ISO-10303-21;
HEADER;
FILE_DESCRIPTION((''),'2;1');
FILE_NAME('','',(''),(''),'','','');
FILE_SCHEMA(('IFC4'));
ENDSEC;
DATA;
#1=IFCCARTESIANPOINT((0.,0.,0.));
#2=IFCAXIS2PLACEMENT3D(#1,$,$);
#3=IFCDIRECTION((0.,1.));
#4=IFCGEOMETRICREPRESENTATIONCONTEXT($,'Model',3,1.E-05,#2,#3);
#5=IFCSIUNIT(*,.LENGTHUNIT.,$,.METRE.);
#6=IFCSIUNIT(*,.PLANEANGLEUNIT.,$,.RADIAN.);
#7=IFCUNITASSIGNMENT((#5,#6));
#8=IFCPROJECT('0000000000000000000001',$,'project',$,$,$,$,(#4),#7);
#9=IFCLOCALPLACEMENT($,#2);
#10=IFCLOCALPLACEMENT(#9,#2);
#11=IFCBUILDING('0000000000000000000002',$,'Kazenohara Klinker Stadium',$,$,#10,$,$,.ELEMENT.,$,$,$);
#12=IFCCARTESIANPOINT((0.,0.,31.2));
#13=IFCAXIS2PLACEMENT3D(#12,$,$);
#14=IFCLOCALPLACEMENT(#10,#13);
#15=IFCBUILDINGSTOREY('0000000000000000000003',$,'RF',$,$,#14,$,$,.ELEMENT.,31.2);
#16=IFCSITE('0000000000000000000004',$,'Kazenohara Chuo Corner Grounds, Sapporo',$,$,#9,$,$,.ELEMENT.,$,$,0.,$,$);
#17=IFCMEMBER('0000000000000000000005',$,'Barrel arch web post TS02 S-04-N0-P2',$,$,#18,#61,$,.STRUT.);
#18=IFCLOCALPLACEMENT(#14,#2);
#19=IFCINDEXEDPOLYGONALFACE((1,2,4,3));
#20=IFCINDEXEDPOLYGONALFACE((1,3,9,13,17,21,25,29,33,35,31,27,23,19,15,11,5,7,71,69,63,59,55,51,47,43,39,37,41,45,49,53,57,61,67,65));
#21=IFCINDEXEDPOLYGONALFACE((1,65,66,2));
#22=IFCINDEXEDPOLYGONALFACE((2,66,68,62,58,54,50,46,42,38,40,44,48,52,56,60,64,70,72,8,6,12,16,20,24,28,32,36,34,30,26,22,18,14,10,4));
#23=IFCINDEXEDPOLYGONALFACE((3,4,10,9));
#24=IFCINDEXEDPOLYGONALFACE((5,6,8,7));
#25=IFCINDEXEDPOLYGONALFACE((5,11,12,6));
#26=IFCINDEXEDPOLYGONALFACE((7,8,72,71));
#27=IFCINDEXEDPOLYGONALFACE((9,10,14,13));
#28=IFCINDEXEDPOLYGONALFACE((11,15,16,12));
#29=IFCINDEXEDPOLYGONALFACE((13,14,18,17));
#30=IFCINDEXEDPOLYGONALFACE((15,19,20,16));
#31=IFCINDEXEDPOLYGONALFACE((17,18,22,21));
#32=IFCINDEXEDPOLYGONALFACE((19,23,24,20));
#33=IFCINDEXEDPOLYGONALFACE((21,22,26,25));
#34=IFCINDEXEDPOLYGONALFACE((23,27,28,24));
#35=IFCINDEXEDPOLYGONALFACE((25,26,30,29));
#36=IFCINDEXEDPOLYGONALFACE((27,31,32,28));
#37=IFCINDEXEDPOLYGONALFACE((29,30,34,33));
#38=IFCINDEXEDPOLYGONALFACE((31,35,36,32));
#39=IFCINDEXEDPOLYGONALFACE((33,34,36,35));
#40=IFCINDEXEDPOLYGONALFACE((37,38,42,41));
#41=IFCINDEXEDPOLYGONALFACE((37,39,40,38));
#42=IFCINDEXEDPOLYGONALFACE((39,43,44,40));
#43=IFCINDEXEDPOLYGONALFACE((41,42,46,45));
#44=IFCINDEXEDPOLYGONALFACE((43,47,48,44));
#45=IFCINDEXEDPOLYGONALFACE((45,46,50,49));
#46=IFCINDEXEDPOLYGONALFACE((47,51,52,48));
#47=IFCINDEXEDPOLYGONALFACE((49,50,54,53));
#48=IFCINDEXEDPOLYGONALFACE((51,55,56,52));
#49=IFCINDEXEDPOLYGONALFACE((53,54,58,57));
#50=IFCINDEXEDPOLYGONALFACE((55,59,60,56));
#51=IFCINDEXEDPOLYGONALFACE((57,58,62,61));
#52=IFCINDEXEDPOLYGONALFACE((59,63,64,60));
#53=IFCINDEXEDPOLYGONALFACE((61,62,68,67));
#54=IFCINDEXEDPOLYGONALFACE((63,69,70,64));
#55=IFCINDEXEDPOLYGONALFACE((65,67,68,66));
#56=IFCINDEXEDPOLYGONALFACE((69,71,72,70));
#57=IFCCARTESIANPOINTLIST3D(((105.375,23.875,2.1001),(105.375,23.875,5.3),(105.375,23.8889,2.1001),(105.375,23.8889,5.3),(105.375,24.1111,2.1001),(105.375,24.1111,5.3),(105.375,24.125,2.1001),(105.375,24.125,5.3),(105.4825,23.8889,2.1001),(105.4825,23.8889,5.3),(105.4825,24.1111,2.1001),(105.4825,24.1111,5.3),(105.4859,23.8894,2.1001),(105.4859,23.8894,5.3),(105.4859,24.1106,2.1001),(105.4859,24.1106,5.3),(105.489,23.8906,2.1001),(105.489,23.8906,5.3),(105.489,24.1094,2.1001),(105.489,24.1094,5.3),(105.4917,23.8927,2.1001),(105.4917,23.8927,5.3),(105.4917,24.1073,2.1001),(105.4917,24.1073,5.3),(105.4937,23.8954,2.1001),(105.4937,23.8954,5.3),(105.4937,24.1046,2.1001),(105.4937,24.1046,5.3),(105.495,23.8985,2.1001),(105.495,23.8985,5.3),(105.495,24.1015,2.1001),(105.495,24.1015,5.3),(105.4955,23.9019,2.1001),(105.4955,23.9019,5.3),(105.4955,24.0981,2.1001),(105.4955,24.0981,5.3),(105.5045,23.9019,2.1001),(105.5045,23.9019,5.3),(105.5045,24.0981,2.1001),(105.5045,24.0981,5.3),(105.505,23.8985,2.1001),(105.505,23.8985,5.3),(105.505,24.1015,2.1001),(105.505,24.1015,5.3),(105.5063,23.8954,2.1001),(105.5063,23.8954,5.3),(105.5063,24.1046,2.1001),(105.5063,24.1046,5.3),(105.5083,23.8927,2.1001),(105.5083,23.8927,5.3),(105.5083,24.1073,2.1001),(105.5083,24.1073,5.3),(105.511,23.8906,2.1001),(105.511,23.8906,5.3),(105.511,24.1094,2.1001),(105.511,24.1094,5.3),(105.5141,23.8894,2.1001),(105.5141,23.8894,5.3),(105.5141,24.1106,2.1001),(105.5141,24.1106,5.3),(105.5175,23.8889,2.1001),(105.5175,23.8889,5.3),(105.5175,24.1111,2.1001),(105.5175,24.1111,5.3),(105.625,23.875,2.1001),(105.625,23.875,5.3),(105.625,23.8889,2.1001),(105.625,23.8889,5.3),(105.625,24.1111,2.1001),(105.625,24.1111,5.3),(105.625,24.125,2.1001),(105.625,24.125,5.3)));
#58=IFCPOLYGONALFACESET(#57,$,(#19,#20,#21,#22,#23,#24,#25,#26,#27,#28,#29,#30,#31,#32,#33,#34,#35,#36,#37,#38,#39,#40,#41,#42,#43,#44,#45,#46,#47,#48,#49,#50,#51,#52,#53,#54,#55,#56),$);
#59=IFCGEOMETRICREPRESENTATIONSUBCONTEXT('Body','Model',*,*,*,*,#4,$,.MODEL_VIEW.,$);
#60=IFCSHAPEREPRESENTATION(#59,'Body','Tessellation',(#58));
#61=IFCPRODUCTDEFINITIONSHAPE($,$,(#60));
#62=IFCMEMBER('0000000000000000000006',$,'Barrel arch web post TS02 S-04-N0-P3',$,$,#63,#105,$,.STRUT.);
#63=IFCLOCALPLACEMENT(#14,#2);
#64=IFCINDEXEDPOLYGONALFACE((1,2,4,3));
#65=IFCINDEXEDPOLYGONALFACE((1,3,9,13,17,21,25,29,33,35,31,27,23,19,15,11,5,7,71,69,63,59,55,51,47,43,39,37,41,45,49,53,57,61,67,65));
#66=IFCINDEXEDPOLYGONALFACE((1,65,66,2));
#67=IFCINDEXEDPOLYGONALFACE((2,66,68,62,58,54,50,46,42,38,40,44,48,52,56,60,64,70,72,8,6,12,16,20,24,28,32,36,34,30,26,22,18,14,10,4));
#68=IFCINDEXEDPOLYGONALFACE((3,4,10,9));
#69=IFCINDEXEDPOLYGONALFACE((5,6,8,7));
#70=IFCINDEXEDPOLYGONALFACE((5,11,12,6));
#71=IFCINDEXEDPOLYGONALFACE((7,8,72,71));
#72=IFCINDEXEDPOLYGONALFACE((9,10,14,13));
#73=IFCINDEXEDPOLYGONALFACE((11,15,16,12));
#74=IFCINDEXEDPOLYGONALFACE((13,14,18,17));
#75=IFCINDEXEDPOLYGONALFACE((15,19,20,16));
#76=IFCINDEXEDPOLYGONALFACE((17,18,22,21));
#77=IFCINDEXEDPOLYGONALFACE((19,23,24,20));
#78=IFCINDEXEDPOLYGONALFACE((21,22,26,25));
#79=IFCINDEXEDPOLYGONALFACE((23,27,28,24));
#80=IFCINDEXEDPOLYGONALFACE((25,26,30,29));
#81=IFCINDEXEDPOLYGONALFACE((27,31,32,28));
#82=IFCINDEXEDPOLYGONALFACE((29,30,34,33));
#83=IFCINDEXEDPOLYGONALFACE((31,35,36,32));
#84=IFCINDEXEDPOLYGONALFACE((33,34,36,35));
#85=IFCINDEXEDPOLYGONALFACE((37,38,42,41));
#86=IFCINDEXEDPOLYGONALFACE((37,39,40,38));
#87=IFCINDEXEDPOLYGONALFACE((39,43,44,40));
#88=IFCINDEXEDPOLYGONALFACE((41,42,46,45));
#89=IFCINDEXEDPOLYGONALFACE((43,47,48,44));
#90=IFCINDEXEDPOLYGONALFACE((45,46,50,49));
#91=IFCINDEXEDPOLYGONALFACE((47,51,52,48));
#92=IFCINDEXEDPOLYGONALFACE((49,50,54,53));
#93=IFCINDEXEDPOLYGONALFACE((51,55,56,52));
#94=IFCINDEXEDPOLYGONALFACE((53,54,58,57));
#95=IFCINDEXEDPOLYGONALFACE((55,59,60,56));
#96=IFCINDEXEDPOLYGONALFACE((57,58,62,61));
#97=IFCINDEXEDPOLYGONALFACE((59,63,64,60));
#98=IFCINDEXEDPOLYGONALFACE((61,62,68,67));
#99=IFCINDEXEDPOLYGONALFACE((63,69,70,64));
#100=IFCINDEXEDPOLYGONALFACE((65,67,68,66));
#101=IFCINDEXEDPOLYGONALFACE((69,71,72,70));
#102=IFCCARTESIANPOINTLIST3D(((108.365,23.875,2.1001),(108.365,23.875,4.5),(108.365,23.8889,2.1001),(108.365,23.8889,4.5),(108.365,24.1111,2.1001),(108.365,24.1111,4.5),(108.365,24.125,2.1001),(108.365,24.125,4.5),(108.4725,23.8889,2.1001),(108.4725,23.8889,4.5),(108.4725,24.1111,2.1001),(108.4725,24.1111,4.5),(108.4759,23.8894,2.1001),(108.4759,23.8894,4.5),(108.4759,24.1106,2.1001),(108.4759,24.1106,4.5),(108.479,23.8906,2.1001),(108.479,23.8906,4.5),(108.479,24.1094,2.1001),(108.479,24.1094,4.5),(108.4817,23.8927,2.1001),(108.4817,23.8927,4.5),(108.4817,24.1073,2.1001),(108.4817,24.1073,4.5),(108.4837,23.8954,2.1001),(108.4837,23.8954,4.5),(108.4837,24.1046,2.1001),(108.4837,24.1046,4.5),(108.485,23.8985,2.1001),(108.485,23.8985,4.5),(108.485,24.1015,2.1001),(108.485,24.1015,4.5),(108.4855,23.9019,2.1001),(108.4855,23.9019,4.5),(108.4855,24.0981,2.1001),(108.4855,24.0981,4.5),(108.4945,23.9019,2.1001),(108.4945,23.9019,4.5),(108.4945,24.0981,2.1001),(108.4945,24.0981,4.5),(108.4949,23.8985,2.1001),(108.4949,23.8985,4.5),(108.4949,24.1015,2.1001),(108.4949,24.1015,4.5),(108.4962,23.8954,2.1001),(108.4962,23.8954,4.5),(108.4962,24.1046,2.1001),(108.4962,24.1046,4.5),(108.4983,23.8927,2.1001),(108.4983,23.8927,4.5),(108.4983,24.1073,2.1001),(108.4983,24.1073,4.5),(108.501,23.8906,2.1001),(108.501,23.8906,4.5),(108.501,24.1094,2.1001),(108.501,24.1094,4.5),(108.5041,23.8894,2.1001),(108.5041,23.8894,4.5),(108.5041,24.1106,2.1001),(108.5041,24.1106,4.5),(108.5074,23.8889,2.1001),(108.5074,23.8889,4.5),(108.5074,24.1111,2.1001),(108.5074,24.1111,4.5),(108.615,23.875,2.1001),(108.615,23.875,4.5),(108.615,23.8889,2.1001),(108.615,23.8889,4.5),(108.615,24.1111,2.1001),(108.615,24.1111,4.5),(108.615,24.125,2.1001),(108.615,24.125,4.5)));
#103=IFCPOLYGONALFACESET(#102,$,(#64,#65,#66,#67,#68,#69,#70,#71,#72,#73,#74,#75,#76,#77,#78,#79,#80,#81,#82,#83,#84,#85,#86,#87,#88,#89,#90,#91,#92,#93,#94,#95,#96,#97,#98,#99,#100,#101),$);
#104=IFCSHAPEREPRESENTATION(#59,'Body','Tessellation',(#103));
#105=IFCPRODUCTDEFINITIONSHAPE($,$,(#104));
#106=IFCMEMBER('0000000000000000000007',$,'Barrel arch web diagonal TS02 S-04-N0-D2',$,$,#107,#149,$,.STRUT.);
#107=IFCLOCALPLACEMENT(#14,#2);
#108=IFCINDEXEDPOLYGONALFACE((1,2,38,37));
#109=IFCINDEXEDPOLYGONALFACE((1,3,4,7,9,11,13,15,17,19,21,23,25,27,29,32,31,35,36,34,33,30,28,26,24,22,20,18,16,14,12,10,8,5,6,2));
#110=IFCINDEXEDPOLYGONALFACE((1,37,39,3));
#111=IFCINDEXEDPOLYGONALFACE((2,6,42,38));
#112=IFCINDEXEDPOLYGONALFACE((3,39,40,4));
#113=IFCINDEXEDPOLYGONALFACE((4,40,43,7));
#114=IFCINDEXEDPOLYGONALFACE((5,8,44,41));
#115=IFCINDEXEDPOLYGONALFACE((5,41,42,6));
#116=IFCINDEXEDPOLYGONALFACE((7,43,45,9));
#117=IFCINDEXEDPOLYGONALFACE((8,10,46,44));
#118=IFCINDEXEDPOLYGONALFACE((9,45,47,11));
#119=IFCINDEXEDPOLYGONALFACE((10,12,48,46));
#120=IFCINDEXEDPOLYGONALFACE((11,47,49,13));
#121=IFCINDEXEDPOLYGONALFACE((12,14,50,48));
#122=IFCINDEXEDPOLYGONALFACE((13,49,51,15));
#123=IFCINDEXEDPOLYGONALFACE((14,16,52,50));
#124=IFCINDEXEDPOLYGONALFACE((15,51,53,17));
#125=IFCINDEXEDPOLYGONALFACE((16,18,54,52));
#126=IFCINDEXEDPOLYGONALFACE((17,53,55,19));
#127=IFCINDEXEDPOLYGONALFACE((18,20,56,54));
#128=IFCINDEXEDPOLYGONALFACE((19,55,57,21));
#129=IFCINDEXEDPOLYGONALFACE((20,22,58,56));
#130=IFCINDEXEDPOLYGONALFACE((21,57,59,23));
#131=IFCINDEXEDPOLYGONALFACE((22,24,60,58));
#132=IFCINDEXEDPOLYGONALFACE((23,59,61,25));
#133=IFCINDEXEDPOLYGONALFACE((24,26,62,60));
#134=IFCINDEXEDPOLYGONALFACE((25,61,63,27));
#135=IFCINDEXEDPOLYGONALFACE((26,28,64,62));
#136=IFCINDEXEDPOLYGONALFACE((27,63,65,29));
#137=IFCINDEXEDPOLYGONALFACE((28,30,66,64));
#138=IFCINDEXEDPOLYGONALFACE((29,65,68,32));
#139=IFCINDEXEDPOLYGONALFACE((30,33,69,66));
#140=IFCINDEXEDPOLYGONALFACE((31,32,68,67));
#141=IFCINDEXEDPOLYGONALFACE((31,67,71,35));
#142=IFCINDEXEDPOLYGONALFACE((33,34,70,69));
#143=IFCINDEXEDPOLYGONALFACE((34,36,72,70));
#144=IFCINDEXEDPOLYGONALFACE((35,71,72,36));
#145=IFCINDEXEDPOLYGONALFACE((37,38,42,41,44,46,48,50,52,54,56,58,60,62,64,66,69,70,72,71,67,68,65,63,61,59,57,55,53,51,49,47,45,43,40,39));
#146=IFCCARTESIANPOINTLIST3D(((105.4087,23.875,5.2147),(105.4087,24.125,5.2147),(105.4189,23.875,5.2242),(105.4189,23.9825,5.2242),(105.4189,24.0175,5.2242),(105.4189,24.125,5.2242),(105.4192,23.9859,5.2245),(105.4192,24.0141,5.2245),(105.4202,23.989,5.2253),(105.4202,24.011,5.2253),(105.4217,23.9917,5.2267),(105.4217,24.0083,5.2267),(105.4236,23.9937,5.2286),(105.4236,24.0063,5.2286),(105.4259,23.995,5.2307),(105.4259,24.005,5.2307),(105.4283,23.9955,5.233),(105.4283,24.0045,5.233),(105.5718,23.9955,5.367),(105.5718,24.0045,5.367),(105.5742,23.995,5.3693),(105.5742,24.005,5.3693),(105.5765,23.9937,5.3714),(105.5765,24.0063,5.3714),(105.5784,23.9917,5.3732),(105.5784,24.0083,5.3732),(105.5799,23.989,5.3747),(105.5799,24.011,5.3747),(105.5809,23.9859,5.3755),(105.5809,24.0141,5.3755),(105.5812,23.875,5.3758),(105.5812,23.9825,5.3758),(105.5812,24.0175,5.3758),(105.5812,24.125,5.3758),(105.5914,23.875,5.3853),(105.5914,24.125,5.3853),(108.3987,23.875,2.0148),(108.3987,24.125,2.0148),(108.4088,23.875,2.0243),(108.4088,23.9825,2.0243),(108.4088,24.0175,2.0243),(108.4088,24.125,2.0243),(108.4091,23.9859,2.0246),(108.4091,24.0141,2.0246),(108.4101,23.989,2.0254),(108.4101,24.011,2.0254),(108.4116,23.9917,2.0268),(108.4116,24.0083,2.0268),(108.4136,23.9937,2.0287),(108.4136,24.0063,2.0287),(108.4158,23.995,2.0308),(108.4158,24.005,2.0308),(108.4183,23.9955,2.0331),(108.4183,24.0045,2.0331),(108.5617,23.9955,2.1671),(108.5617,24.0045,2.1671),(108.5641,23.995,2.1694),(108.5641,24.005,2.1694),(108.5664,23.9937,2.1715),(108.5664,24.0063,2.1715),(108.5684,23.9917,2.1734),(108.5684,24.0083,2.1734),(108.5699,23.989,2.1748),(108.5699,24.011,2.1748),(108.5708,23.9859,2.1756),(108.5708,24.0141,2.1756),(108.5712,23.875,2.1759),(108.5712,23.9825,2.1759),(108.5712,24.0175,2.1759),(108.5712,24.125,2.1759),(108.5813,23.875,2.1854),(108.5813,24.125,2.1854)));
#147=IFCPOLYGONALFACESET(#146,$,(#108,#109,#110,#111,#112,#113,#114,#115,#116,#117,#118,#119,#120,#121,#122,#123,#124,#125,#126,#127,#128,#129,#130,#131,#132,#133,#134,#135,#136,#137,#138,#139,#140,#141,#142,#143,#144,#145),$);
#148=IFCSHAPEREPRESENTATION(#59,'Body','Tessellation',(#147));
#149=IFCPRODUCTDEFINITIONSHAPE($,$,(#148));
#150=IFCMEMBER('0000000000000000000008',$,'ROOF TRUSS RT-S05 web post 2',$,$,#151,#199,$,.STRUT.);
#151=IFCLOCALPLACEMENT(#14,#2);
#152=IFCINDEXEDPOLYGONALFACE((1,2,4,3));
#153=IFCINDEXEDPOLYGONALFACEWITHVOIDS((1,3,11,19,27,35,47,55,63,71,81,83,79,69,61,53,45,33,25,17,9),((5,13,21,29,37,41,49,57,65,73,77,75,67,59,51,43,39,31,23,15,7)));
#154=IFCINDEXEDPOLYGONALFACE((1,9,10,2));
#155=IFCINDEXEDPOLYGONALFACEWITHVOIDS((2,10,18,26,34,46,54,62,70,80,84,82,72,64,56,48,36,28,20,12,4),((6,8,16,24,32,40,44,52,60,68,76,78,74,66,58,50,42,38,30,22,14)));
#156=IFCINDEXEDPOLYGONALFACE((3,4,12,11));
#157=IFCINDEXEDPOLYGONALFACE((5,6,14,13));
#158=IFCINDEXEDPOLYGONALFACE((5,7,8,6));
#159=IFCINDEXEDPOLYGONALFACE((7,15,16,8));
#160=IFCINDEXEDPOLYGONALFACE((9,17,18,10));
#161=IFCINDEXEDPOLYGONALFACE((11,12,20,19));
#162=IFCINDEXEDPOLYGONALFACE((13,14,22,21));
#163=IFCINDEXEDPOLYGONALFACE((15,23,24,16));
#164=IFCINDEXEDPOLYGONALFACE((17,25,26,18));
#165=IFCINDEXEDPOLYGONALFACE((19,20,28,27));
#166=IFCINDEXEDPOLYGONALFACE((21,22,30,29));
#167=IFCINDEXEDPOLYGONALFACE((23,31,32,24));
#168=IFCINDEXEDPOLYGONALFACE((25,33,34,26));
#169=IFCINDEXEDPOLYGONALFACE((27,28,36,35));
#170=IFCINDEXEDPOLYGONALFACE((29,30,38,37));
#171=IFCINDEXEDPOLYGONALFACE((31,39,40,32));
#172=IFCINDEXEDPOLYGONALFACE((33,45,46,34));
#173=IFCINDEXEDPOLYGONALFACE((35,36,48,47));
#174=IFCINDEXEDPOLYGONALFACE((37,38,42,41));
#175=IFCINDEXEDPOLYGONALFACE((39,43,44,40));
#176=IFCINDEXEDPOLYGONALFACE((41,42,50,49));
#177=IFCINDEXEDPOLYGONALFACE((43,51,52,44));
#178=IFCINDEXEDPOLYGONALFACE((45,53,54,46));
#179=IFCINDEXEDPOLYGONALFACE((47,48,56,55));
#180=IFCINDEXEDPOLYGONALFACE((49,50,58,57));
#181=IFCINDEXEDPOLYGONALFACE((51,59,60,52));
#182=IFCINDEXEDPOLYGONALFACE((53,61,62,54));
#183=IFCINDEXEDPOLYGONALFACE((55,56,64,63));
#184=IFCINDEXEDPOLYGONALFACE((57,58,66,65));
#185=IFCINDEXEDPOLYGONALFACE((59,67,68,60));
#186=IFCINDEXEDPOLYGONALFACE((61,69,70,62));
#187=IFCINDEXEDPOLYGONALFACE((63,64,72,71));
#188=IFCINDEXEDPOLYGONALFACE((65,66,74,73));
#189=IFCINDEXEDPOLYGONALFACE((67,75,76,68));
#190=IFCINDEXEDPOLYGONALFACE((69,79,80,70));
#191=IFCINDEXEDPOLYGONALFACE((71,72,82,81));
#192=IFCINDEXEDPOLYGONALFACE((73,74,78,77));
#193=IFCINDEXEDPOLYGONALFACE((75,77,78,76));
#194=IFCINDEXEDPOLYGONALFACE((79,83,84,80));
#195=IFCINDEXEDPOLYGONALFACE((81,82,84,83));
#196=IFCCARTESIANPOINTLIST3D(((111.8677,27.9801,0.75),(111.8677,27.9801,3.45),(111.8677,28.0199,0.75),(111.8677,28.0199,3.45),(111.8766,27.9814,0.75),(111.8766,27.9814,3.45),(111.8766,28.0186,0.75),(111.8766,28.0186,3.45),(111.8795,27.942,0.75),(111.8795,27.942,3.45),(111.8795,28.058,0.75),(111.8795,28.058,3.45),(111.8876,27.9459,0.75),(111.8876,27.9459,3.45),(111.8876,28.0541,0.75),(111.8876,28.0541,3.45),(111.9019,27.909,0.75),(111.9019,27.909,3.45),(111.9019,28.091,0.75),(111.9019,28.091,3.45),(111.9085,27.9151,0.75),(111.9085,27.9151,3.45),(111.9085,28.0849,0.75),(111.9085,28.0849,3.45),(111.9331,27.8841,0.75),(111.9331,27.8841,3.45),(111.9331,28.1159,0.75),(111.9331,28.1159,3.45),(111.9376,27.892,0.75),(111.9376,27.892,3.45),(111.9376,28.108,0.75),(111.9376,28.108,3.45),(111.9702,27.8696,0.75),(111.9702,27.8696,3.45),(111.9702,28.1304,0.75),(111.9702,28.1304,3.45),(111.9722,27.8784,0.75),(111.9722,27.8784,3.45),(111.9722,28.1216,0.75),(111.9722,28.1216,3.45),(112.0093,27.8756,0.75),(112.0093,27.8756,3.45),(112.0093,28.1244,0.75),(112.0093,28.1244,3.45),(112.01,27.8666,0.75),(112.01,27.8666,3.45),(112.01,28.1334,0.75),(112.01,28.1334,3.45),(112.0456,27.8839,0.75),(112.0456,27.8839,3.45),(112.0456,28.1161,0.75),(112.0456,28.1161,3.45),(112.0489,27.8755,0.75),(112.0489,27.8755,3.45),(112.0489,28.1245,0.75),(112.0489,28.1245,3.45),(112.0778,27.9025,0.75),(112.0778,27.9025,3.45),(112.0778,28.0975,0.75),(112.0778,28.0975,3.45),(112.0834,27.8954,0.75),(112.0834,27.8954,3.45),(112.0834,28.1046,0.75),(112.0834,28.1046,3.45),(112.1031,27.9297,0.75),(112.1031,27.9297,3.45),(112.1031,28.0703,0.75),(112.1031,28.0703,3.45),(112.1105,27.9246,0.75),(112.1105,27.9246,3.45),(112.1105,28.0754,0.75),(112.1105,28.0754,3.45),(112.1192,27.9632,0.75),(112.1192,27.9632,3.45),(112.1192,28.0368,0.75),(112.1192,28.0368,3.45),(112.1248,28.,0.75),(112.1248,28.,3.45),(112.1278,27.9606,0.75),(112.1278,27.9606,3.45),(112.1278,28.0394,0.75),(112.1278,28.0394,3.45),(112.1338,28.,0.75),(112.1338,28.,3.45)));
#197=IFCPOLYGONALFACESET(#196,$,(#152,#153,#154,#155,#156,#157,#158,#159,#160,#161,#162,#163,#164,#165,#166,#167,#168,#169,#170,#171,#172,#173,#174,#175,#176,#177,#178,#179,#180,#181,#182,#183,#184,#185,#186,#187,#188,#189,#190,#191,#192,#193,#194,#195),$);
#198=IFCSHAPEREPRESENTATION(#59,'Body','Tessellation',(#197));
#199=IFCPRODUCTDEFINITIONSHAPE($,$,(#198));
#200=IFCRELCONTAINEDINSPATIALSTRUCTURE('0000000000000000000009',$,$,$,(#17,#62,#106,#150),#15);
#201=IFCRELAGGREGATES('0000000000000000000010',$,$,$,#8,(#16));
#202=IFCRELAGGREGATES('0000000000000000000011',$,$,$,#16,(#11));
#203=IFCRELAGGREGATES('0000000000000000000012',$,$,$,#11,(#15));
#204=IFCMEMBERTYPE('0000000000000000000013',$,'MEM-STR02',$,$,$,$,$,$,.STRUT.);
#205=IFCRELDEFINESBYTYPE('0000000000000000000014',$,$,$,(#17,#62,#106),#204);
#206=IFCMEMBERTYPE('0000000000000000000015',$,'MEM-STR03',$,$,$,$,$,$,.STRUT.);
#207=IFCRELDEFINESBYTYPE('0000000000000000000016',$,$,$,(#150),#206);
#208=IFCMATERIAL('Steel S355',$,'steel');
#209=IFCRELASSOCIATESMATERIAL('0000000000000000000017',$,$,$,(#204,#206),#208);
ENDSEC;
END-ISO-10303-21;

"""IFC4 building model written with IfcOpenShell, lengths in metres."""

from ifc_helpers import new_model, si_unit, direction, frame, origin, origin_2d, place, context, subcontext, project, spatial, hollow_circle, i_section, extrude, material, material_profile, profile_set, type_object, element, save


model = new_model("IFC4")

# Units and contexts
model_context = context("Model", 3, precision=1e-05, world=origin(), true_north=direction((0.0, 1.0)))
body_context = subcontext(model_context, "Body", "Model", "MODEL_VIEW")
ifc_project = project(units=[si_unit("LENGTHUNIT", "METRE"), si_unit("PLANEANGLEUNIT", "RADIAN")], contexts=[model_context])

# Site, building, storey
site_placement = place(None, origin())
site = spatial("IfcSite", under=ifc_project, at=site_placement, Name="Kazenohara Chuo Corner Grounds, Sapporo", CompositionType="ELEMENT", RefElevation=0.0)
building_placement = place(site_placement, origin())
building = spatial("IfcBuilding", under=site, at=building_placement, Name="Kazenohara Klinker Stadium", CompositionType="ELEMENT")
storey_placement = place(building_placement, frame((0.0, 0.0, 31.2)))
storey = spatial("IfcBuildingStorey", under=building, at=storey_placement, Name="RF", CompositionType="ELEMENT", Elevation=31.2)

# Members
ifc_material_1 = material(Name="Steel S355", Category="steel")
ifc_material_profile_1 = material_profile(ifc_material_1, i_section(OverallWidth=0.25, OverallDepth=0.25, WebThickness=0.009, FlangeThickness=0.0139, FilletRadius=0.0129, at=origin_2d()), Name="H-250x250x9x14")
ifc_profile_set_1 = profile_set([ifc_material_profile_1], Name="Steel S355")
member_type_1 = type_object("IfcMemberType", Name="MEM-STR02", PredefinedType="STRUT", material=ifc_profile_set_1)
member_1_placement = place(storey_placement, frame((105.5, 24.0, 2.1001), z_axis=(0.0, 0.0, 1.0), x_axis=(1.0, 0.0, 0.0)))
element("IfcMember", 1, at=member_1_placement, inside=storey, type_object=member_type_1, Name="Barrel arch web post TS02 S-04-N0-P2", PredefinedType="STRUT", context=body_context, shape_type="SweptSolid", body=[
    extrude(i_section(OverallWidth=0.25, OverallDepth=0.25, WebThickness=0.009, FlangeThickness=0.0139, FilletRadius=0.0129, at=origin_2d()), origin(), (0.0, 0.0, 1.0), 3.2),
])
member_2_placement = place(storey_placement, frame((108.49, 24.0, 2.1001), z_axis=(0.0, 0.0, 1.0), x_axis=(1.0, 0.0, 0.0)))
element("IfcMember", 2, at=member_2_placement, inside=storey, type_object=member_type_1, Name="Barrel arch web post TS02 S-04-N0-P3", PredefinedType="STRUT", context=body_context, shape_type="SweptSolid", body=[
    extrude(i_section(OverallWidth=0.25, OverallDepth=0.25, WebThickness=0.009, FlangeThickness=0.0139, FilletRadius=0.0129, at=origin_2d()), origin(), (0.0, 0.0, 1.0), 2.3999),
])
member_3_placement = place(storey_placement, frame((108.49, 24.0, 2.1001), z_axis=(-0.682729, 0.0, 0.730671), x_axis=(0.0, -1.0, 0.0)))
element("IfcMember", 3, at=member_3_placement, inside=storey, type_object=member_type_1, Name="Barrel arch web diagonal TS02 S-04-N0-D2", PredefinedType="STRUT", context=body_context, shape_type="SweptSolid", body=[
    extrude(i_section(OverallWidth=0.25, OverallDepth=0.25, WebThickness=0.009, FlangeThickness=0.0139, FilletRadius=0.0129, at=origin_2d()), origin(), (0.0, 0.0, 1.0), 4.3794),
])
ifc_material_profile_2 = material_profile(ifc_material_1, hollow_circle(Radius=0.1338, WallThickness=0.009, at=origin_2d()), Name="CHS-267.4x9")
ifc_profile_set_2 = profile_set([ifc_material_profile_2], Name="Steel S355")
member_type_2 = type_object("IfcMemberType", Name="MEM-STR03", PredefinedType="STRUT", material=ifc_profile_set_2)
member_4_placement = place(storey_placement, frame((112.0, 28.0, 0.75), z_axis=(0.0, 0.0, 1.0), x_axis=(1.0, 0.0, 0.0)))
element("IfcMember", 4, at=member_4_placement, inside=storey, type_object=member_type_2, Name="ROOF TRUSS RT-S05 web post 2", PredefinedType="STRUT", context=body_context, shape_type="SweptSolid", body=[
    extrude(hollow_circle(Radius=0.1338, WallThickness=0.009, at=origin_2d()), origin(), (0.0, 0.0, 1.0), 2.7),
])

save(model, "model.ifc")
